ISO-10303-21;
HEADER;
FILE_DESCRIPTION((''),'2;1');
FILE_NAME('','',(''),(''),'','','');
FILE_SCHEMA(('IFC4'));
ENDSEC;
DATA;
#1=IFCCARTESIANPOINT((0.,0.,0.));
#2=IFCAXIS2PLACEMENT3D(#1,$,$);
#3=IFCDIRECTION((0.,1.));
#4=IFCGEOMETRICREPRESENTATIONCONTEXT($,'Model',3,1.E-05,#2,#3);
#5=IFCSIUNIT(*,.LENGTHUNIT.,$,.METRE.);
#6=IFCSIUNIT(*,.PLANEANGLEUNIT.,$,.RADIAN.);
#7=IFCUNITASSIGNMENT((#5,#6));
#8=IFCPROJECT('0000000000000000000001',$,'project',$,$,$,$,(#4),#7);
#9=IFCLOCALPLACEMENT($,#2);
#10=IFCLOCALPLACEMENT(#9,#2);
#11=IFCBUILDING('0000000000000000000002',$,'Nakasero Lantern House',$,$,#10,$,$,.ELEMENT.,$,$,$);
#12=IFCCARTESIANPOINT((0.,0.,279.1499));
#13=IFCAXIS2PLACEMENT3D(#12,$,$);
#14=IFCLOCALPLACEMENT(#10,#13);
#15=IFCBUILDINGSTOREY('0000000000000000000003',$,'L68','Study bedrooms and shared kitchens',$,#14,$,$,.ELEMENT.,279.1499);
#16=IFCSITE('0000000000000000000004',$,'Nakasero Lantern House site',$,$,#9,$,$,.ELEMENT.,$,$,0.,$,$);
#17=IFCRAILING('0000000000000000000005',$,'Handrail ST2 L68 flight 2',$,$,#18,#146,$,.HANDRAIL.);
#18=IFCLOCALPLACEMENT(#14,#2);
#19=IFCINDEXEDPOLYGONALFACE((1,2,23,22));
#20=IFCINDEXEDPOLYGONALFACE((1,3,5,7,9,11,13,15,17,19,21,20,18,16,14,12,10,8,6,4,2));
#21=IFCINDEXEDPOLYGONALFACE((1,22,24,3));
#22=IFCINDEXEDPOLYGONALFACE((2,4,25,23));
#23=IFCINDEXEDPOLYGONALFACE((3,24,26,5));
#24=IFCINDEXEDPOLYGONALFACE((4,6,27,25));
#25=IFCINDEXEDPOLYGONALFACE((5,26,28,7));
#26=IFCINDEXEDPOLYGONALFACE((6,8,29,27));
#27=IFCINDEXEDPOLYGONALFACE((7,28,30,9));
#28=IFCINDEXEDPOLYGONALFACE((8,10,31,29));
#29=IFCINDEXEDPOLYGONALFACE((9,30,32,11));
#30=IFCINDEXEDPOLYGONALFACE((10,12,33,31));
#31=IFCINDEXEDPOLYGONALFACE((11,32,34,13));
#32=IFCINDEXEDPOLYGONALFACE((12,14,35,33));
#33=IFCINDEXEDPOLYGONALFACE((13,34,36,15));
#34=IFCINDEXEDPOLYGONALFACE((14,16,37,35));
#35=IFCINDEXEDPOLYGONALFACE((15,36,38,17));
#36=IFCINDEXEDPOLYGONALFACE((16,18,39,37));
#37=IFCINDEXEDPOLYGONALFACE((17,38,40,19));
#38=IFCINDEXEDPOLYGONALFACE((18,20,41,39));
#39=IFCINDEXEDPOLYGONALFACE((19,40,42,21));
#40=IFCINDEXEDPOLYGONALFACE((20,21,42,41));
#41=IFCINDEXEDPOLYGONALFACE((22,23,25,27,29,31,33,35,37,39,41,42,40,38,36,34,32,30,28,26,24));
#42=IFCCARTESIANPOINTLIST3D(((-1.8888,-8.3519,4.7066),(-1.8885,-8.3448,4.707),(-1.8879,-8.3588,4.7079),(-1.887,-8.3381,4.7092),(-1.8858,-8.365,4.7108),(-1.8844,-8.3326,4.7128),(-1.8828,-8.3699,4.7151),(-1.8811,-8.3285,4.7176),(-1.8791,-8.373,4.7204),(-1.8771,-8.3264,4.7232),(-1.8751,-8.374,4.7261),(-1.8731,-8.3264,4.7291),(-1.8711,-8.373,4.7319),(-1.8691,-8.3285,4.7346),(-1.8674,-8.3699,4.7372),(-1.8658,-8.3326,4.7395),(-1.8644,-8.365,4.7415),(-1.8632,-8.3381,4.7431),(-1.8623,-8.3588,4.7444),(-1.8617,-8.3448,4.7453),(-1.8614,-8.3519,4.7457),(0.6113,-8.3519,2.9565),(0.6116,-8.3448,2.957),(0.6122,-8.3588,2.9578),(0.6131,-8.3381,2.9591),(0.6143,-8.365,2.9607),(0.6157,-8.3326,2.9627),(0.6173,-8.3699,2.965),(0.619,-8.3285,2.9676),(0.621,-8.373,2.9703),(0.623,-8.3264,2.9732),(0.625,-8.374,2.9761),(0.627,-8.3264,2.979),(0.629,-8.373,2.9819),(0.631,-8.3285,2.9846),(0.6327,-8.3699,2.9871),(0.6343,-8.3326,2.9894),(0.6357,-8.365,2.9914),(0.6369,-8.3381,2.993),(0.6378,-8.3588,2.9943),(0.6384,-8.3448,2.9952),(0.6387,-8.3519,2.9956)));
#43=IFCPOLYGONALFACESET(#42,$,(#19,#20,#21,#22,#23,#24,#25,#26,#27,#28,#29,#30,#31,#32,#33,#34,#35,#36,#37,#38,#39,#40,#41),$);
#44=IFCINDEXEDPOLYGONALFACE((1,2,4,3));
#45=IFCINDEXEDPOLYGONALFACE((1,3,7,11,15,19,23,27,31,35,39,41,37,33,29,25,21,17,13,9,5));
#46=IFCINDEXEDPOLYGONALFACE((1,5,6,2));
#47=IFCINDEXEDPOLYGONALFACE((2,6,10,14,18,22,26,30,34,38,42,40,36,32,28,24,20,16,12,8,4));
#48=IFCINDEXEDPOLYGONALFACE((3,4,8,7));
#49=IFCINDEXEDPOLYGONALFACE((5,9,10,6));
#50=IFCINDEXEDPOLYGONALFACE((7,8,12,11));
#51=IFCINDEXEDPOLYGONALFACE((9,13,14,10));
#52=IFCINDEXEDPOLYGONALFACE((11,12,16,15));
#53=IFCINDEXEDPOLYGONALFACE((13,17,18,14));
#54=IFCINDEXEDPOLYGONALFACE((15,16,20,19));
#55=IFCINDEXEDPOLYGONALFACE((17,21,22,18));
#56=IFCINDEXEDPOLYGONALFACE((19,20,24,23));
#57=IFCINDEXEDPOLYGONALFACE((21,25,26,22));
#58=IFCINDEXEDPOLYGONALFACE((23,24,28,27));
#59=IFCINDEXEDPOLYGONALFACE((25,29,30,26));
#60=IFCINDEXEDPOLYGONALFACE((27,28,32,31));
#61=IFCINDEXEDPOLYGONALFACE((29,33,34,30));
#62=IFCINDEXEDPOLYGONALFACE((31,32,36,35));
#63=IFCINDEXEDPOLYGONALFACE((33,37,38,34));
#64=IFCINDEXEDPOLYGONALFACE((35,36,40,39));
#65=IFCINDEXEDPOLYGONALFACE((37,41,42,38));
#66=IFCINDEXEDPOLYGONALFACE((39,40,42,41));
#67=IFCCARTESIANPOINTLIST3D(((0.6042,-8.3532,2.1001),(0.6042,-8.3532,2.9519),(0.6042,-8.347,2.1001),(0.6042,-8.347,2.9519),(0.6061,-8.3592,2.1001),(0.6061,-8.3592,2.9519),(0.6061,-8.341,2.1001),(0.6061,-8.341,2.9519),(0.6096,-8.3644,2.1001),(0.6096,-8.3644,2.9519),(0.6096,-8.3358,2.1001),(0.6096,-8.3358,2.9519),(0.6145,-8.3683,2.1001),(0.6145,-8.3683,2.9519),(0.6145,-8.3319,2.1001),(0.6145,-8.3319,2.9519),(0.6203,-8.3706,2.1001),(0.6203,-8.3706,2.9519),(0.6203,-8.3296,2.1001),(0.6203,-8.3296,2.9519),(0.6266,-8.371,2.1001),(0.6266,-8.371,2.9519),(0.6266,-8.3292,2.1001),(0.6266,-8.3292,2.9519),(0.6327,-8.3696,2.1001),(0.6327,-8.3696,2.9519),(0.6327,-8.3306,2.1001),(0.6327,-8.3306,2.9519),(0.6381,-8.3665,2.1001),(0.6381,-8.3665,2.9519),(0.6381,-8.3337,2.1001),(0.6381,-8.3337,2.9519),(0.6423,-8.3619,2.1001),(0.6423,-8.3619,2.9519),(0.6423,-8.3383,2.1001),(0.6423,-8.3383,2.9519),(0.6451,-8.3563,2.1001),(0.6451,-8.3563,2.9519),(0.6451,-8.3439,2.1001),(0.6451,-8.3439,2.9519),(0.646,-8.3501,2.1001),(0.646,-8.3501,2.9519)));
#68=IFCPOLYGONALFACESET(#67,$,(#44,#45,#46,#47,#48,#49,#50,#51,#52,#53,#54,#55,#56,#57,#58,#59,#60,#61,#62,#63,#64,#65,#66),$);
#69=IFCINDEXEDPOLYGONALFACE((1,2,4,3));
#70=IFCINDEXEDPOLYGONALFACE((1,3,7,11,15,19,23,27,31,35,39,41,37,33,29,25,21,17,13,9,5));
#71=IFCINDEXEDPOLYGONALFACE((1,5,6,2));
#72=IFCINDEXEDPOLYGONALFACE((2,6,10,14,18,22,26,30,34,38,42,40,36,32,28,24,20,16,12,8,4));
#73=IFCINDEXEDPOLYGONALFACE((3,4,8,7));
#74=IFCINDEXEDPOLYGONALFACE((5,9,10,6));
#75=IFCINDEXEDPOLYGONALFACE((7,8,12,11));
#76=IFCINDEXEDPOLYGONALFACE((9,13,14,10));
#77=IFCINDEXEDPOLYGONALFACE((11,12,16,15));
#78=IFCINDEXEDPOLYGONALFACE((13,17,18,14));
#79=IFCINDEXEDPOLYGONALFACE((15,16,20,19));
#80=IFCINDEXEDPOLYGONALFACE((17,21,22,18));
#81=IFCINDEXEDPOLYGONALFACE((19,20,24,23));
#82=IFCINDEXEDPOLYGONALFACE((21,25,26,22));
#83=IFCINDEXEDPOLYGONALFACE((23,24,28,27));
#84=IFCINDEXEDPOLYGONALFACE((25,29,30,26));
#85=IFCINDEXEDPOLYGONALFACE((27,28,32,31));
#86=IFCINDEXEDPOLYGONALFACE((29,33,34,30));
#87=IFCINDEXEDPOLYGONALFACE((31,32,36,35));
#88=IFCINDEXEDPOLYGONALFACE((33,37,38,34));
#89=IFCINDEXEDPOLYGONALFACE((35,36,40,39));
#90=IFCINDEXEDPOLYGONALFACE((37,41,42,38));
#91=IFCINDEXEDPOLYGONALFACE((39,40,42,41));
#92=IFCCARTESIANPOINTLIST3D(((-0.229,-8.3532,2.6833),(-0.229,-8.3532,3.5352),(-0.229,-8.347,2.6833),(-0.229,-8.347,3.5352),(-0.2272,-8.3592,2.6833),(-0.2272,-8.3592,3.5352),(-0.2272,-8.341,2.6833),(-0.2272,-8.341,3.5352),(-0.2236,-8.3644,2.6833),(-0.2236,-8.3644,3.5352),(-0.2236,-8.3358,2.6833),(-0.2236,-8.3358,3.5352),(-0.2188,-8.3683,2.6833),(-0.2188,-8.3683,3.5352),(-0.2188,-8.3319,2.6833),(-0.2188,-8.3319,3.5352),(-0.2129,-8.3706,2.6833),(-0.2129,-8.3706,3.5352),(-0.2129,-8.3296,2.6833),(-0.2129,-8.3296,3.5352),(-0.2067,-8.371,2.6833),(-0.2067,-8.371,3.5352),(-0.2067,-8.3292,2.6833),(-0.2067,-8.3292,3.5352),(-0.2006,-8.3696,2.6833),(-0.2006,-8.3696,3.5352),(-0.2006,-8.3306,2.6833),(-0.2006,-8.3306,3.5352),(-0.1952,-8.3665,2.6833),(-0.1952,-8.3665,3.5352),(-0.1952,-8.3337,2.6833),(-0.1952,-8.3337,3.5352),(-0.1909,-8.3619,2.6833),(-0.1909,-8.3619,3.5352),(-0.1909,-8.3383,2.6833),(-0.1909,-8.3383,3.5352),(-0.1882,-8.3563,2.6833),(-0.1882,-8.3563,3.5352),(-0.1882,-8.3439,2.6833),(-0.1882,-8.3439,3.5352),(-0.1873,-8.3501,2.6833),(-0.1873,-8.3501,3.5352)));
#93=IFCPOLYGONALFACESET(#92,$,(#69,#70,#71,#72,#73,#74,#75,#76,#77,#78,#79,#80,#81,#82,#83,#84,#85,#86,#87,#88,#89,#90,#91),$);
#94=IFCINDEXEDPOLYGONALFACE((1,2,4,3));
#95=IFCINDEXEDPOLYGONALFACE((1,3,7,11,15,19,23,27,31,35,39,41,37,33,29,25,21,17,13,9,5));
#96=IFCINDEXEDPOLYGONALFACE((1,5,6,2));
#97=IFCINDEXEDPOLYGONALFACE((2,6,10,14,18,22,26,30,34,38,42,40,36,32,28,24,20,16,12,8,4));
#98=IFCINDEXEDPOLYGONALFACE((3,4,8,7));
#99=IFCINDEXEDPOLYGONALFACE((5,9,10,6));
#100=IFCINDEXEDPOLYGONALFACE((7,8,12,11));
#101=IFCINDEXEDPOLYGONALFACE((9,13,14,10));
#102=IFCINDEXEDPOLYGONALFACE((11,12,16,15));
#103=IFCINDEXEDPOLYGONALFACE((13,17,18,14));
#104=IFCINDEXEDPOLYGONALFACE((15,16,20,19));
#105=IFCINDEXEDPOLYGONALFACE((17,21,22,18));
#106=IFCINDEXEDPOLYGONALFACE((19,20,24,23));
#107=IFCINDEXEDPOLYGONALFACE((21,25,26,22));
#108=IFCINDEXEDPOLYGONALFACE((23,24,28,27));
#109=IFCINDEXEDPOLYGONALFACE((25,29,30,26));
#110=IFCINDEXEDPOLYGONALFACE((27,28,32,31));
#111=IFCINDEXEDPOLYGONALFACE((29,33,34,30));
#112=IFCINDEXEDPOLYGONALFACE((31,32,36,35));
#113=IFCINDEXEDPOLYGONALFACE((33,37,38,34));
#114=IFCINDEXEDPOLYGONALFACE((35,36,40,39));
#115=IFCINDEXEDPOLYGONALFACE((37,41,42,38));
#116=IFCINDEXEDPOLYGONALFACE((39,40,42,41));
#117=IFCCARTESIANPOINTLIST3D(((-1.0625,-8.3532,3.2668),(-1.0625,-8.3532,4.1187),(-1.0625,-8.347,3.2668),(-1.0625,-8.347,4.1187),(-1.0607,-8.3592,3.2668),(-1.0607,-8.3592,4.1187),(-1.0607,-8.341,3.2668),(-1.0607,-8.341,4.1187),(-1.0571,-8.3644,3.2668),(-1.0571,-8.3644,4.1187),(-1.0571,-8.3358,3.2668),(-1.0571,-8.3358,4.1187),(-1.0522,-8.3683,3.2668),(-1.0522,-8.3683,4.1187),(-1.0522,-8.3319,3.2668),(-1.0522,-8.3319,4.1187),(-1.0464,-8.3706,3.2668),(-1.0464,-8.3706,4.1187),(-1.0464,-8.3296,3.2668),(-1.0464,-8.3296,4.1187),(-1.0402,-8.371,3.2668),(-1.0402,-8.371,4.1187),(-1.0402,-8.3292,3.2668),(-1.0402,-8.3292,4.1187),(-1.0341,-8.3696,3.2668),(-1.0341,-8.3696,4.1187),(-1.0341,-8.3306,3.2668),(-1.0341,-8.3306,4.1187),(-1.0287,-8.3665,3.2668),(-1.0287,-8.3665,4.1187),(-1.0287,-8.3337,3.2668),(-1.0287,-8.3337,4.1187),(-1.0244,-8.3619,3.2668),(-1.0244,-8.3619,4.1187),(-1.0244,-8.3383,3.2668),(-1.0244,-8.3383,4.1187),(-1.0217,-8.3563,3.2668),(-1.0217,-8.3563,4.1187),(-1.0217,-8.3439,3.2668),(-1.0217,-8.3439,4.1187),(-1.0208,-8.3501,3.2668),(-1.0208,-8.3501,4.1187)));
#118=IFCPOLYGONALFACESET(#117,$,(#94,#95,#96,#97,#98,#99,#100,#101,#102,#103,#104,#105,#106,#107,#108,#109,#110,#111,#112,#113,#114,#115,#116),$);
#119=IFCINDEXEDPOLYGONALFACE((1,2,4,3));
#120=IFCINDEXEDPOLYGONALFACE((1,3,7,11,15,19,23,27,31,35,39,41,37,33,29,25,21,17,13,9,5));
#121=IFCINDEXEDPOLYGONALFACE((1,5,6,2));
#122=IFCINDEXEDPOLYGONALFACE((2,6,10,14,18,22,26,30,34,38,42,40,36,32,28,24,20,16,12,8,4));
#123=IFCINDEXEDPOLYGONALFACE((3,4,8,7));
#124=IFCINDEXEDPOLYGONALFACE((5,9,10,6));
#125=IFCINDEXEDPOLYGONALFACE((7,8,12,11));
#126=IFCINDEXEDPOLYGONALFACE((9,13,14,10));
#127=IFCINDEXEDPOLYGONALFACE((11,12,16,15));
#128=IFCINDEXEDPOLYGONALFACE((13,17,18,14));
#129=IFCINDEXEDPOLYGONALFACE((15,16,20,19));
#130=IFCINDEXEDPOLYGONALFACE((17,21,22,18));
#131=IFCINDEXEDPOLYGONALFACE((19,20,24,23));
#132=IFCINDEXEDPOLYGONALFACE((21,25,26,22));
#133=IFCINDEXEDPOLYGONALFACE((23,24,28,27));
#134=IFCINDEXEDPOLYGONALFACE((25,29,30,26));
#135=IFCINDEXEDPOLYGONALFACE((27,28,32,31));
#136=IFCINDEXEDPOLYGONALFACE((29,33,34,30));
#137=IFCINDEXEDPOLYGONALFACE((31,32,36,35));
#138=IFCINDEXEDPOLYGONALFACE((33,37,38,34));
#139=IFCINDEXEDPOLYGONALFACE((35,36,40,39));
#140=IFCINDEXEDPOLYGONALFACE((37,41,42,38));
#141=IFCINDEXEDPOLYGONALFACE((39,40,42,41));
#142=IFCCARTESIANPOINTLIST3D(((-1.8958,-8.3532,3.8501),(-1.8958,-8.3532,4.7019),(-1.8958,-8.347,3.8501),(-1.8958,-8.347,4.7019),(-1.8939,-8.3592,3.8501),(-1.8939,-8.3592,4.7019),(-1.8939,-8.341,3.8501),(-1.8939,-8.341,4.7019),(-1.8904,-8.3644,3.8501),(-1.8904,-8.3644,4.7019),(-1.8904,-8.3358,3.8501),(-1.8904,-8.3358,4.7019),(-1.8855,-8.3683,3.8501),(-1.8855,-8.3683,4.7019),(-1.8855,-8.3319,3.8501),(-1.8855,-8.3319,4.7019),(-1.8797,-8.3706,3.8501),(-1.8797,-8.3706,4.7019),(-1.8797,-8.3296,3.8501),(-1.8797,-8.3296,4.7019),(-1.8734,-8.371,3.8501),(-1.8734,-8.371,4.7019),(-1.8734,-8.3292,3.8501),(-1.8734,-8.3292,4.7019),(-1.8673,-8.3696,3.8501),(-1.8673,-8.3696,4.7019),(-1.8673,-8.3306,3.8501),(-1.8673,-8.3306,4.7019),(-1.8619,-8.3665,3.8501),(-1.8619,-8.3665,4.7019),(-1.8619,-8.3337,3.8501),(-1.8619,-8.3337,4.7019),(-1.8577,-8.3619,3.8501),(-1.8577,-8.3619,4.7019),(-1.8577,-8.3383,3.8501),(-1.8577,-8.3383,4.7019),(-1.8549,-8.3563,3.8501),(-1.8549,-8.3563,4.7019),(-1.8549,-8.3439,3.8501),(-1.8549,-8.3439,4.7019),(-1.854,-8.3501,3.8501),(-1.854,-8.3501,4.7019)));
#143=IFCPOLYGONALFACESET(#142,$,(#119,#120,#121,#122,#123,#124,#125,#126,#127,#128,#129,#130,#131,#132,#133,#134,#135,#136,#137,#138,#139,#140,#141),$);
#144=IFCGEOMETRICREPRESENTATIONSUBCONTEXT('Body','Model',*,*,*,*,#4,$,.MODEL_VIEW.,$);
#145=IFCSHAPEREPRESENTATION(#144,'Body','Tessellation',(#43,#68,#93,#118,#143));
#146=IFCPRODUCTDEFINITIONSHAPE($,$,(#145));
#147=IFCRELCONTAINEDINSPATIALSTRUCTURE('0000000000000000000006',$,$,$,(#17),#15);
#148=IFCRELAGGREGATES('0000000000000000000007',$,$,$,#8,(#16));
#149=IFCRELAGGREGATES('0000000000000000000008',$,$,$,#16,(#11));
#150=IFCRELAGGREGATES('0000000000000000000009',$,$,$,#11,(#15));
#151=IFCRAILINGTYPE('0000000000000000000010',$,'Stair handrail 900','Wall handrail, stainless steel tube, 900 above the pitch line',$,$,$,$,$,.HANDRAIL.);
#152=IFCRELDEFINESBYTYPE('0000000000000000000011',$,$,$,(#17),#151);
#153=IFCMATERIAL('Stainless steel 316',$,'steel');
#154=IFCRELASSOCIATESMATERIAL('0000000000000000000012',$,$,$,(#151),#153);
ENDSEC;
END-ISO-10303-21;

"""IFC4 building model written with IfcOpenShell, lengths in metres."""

from ifc_helpers import new_model, si_unit, direction, frame, origin, origin_2d, place, context, subcontext, project, spatial, circle, extrude, material, type_object, element, save


model = new_model("IFC4")

# Units and contexts
model_context = context("Model", 3, precision=1e-05, world=origin(), true_north=direction((0.0, 1.0)))
body_context = subcontext(model_context, "Body", "Model", "MODEL_VIEW")
ifc_project = project(units=[si_unit("LENGTHUNIT", "METRE"), si_unit("PLANEANGLEUNIT", "RADIAN")], contexts=[model_context])

# Site, building, storey
site_placement = place(None, origin())
site = spatial("IfcSite", under=ifc_project, at=site_placement, Name="Nakasero Lantern House site", CompositionType="ELEMENT", RefElevation=0.0)
building_placement = place(site_placement, origin())
building = spatial("IfcBuilding", under=site, at=building_placement, Name="Nakasero Lantern House", CompositionType="ELEMENT")
storey_placement = place(building_placement, frame((0.0, 0.0, 279.1499)))
storey = spatial("IfcBuildingStorey", under=building, at=storey_placement, Name="L68", Description="Study bedrooms and shared kitchens", CompositionType="ELEMENT", Elevation=279.1499)

# Railing
ifc_material_1 = material(Name="Stainless steel 316", Category="steel")
railing_type = type_object("IfcRailingType", Name="Stair handrail 900", Description="Wall handrail, stainless steel tube, 900 above the pitch line", PredefinedType="HANDRAIL", material=ifc_material_1)
railing_placement = place(storey_placement, frame((0.625, -8.3501, 2.1001)))
element("IfcRailing", 1, at=railing_placement, inside=storey, type_object=railing_type, Name="Handrail ST2 L68 flight 2", PredefinedType="HANDRAIL", context=body_context, shape_type="SweptSolid", body=[
    extrude(circle(Radius=0.0239, at=origin_2d()), frame((0.0, 0.0, 0.876), z_axis=(-0.819232, 0.0, 0.573462), x_axis=(0.0, -1.0, 0.0)), (0.0, 0.0, 1.0), 3.0518),
    extrude(circle(Radius=0.021, at=origin_2d()), origin(), (0.0, 0.0, 1.0), 0.8518),
    extrude(circle(Radius=0.021, at=origin_2d()), frame((-0.8333, 0.0, 0.5833)), (0.0, 0.0, 1.0), 0.8518),
    extrude(circle(Radius=0.021, at=origin_2d()), frame((-1.6667, 0.0, 1.1667)), (0.0, 0.0, 1.0), 0.8518),
    extrude(circle(Radius=0.021, at=origin_2d()), frame((-2.5, 0.0, 1.75)), (0.0, 0.0, 1.0), 0.8518),
])

save(model, "model.ifc")
